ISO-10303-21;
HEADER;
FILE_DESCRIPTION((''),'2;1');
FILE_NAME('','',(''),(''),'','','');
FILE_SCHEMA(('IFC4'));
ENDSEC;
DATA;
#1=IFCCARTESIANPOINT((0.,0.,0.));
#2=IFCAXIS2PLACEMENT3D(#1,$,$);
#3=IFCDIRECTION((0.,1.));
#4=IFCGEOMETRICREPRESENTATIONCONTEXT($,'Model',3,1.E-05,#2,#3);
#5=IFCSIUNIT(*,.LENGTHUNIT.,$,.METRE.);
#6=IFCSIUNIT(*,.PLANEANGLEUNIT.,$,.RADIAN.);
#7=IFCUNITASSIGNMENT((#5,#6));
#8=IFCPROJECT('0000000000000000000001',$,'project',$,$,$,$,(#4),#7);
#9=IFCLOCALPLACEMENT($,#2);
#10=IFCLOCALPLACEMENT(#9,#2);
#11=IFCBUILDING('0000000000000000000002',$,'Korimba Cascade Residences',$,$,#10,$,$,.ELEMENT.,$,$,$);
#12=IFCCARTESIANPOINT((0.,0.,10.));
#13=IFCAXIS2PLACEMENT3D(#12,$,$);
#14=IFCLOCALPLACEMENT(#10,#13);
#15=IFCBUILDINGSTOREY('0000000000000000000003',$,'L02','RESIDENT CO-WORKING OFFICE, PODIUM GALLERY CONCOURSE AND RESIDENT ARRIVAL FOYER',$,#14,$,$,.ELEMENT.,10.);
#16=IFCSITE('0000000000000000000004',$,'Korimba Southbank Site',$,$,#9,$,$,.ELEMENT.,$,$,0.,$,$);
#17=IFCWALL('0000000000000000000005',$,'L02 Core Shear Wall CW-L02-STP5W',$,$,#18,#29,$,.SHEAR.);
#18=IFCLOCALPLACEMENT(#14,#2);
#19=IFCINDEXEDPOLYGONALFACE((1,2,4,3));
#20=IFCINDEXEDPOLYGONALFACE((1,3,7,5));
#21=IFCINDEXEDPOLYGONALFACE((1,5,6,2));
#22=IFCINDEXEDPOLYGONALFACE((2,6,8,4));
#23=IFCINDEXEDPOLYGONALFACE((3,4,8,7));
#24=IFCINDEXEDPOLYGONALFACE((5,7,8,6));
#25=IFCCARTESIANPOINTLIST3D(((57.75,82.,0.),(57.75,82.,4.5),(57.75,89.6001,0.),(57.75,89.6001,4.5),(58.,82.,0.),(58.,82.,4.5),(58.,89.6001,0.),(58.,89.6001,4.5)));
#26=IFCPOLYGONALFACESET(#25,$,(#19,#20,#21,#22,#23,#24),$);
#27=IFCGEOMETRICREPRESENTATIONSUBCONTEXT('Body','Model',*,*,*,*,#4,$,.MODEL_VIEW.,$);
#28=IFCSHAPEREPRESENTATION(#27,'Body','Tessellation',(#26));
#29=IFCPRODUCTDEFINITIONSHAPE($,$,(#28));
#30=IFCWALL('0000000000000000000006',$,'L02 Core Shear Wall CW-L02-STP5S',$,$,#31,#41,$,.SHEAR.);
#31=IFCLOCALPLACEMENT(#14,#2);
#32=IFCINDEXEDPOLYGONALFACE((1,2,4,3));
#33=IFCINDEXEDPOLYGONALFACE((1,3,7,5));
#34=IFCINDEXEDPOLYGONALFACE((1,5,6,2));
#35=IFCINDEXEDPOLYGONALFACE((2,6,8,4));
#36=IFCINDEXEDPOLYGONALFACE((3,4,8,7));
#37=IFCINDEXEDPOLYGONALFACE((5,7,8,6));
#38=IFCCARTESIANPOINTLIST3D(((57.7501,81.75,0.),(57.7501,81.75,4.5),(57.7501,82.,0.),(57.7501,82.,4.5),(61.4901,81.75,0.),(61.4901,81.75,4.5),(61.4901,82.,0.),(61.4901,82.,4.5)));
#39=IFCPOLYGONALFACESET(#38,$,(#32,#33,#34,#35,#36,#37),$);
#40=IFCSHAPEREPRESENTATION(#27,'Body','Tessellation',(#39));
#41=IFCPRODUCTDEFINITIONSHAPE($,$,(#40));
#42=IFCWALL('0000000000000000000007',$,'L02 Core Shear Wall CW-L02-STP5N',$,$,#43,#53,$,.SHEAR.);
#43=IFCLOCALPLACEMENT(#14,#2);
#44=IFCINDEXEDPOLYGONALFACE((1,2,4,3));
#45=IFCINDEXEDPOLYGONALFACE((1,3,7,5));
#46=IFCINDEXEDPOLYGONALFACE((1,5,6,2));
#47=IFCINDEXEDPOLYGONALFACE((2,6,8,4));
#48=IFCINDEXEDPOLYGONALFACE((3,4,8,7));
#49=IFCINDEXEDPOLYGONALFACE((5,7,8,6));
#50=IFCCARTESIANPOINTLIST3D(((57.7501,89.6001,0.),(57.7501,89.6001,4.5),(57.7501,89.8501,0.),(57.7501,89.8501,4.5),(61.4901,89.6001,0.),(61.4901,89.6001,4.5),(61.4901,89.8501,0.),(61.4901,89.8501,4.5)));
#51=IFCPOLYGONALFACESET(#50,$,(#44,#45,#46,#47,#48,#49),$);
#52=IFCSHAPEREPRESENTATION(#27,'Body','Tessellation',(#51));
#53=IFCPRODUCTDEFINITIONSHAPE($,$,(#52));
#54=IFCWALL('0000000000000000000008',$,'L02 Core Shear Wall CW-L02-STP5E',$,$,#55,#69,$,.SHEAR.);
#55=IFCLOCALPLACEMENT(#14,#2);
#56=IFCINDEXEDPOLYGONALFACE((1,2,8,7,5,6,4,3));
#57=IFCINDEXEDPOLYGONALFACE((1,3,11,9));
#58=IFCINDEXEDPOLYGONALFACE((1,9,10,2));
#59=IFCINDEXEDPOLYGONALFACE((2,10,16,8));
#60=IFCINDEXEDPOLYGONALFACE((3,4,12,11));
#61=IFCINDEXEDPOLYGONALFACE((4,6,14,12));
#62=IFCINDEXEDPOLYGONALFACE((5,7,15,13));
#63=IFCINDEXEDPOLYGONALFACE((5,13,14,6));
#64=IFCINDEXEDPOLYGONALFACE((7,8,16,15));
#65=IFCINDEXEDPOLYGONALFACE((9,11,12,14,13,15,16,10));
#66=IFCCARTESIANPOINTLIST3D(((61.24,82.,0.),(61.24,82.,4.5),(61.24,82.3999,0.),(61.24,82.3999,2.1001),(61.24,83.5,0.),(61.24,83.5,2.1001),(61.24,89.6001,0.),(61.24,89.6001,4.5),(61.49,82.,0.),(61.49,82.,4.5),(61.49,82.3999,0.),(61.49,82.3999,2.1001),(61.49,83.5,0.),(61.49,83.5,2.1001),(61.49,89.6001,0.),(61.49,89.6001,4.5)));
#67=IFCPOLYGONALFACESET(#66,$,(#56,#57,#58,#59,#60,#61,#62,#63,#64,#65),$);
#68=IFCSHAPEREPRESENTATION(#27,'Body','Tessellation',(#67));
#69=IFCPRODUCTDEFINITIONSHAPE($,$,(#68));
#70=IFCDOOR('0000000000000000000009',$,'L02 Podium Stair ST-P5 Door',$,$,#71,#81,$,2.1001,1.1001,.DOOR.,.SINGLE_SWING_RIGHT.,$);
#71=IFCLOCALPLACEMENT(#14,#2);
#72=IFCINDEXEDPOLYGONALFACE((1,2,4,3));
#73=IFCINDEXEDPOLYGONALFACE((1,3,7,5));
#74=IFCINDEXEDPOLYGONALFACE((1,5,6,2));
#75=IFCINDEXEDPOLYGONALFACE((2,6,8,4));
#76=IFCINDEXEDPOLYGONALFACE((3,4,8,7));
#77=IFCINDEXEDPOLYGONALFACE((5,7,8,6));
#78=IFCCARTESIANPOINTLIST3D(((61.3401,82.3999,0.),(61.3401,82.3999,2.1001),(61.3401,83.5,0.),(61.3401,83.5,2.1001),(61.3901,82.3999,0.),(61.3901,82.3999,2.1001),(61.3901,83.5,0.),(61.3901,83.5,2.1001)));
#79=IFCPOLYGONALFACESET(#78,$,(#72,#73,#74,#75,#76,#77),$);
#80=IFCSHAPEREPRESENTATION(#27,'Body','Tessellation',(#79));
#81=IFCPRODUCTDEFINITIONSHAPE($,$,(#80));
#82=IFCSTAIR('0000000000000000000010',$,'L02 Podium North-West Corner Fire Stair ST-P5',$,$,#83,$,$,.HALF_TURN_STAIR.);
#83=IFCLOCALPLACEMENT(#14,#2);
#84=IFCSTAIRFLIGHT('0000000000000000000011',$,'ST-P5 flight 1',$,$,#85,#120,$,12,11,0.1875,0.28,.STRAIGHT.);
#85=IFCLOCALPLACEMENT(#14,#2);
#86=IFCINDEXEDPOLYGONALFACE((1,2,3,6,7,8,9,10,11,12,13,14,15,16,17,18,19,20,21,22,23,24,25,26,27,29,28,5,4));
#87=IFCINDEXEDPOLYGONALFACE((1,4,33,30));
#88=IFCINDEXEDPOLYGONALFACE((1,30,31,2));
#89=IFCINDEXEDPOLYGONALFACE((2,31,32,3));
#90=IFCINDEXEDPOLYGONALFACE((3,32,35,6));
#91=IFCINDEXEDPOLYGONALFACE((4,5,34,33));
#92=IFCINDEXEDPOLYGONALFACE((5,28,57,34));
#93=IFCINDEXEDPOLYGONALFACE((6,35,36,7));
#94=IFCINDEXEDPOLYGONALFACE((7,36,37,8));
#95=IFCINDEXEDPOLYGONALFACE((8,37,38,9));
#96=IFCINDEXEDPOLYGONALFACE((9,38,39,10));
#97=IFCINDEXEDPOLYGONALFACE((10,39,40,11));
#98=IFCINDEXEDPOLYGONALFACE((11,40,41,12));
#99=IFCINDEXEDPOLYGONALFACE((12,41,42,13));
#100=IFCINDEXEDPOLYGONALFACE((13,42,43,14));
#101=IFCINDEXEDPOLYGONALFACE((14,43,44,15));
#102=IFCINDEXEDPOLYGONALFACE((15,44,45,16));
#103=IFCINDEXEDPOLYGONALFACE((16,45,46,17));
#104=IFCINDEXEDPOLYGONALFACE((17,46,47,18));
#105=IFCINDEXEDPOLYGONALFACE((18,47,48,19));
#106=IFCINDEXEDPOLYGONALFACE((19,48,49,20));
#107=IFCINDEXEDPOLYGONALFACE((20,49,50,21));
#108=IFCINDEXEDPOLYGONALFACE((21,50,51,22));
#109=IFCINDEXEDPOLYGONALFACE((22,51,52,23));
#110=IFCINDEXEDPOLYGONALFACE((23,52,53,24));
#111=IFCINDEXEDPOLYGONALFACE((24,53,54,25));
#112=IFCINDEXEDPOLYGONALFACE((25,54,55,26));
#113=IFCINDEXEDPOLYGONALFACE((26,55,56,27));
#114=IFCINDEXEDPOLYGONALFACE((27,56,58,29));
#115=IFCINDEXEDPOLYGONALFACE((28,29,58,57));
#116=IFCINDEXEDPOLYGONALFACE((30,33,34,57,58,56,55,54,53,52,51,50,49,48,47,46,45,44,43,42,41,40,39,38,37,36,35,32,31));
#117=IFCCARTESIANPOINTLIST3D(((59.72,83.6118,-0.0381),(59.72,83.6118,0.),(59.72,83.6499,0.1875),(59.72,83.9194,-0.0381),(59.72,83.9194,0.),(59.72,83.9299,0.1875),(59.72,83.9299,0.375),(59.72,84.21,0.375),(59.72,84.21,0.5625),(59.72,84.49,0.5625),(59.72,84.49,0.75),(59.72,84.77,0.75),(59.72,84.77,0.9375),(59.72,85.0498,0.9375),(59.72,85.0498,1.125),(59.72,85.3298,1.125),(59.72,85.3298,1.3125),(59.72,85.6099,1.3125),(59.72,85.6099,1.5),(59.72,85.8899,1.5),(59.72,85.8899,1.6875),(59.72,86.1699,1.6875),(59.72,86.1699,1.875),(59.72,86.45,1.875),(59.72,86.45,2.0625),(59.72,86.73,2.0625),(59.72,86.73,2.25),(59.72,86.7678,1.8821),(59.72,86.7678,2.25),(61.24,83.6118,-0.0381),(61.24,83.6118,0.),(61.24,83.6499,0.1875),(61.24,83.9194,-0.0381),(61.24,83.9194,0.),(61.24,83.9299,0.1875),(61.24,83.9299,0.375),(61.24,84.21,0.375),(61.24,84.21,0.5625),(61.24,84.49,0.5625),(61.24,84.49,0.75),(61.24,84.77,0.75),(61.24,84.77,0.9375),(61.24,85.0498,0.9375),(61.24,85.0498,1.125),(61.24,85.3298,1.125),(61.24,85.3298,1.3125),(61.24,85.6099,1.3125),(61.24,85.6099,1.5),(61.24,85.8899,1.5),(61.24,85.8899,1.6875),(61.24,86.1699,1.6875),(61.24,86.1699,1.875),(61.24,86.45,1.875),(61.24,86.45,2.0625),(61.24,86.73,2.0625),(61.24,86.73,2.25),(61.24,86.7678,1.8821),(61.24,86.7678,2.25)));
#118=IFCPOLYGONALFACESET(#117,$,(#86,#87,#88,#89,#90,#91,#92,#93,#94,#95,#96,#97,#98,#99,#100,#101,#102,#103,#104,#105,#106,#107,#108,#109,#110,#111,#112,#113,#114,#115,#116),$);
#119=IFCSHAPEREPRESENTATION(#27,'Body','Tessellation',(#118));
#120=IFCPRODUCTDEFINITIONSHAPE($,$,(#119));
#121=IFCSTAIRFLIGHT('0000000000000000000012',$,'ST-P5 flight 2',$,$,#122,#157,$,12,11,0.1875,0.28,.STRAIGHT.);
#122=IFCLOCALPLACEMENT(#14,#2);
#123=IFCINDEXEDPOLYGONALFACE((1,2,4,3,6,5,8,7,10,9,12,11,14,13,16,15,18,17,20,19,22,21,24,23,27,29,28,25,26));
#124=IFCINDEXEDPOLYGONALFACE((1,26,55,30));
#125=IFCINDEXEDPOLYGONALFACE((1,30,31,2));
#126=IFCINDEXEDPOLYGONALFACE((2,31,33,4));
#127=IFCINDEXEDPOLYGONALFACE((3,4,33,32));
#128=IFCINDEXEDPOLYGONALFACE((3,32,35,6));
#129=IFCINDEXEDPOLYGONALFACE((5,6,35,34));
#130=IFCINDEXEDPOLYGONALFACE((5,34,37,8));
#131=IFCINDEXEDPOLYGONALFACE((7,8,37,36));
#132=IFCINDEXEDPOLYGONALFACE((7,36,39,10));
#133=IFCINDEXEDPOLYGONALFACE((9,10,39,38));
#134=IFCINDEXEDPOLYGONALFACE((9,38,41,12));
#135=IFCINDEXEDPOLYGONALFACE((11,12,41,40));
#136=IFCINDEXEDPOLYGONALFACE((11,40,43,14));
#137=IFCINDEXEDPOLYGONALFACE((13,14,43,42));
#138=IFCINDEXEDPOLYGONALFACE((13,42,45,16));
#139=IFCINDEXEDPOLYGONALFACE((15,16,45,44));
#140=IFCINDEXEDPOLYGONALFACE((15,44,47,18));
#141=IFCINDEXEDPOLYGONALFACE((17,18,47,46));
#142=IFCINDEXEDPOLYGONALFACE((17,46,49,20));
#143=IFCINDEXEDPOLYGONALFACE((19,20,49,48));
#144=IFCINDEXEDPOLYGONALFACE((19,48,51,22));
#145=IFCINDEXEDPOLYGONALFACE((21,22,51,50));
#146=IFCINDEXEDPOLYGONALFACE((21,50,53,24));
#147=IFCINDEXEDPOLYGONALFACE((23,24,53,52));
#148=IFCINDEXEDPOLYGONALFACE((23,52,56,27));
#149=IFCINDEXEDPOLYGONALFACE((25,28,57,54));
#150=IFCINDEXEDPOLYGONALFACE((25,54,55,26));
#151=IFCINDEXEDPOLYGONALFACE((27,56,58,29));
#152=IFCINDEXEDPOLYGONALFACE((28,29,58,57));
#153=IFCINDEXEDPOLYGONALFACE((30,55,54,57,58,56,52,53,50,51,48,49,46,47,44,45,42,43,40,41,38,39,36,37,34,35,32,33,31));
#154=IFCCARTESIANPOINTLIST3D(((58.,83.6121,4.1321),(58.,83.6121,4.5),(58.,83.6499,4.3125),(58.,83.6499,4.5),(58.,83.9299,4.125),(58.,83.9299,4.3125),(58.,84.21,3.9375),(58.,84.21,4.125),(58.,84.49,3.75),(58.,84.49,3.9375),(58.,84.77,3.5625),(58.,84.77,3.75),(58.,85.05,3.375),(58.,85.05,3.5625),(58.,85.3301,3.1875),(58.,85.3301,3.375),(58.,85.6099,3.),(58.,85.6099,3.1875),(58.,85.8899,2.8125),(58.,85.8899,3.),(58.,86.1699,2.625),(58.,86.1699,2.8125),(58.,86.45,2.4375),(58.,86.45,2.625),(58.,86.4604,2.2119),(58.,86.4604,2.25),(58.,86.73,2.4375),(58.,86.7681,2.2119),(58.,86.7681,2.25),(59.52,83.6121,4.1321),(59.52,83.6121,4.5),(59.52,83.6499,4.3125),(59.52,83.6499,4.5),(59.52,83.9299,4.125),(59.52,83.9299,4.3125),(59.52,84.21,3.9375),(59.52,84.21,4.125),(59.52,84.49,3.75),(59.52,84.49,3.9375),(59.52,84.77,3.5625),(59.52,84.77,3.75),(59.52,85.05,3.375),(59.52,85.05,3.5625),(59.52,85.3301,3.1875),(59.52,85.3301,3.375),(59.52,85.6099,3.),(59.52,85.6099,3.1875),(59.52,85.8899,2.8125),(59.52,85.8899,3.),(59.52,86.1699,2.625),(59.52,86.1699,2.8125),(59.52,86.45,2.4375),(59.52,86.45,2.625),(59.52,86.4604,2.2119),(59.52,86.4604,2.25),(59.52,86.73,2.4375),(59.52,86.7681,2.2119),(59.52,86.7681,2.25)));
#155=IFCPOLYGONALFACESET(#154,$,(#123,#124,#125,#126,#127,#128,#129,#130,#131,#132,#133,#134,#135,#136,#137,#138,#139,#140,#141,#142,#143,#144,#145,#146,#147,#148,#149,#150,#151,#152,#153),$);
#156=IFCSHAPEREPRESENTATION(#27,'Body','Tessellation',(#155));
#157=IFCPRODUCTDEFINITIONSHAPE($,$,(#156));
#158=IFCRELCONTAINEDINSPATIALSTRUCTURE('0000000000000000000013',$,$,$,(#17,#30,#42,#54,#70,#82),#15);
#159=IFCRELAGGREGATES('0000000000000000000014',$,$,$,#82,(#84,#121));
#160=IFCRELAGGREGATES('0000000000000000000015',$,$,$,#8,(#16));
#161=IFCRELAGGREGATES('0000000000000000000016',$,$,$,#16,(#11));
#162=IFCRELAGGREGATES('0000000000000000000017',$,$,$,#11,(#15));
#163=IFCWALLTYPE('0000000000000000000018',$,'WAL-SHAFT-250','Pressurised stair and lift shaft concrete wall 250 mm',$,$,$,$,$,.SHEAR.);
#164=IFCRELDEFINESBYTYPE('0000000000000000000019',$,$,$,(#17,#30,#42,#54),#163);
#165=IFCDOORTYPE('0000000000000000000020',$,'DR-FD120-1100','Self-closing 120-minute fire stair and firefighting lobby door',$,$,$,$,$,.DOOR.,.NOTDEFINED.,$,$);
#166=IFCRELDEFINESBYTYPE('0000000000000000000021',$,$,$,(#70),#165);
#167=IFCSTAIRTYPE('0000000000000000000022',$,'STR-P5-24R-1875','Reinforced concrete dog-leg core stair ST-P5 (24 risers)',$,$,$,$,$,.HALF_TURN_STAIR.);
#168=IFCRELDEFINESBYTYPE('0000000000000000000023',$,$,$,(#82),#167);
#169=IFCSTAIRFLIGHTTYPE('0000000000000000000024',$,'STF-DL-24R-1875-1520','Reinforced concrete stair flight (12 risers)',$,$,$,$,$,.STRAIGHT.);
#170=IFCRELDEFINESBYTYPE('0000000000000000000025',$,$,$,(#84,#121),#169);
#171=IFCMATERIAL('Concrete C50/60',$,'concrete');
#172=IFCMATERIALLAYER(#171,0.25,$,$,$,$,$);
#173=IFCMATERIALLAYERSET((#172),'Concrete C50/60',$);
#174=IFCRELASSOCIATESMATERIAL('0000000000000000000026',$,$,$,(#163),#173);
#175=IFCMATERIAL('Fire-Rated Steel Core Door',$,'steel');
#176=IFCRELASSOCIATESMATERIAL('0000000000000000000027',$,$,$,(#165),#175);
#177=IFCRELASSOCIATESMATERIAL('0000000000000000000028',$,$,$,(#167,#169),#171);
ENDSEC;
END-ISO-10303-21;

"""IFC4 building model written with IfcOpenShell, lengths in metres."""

from ifc_helpers import new_model, si_unit, direction, frame, frame_2d, origin, place, context, subcontext, project, spatial, polyline, rectangle, outline, extrude, material, layer, layer_set, type_object, element, fill, aggregate, save


model = new_model("IFC4")

# Units and contexts
model_context = context("Model", 3, precision=1e-05, world=origin(), true_north=direction((0.0, 1.0)))
body_context = subcontext(model_context, "Body", "Model", "MODEL_VIEW")
ifc_project = project(units=[si_unit("LENGTHUNIT", "METRE"), si_unit("PLANEANGLEUNIT", "RADIAN")], contexts=[model_context])

# Site, building, storey
site_placement = place(None, origin())
site = spatial("IfcSite", under=ifc_project, at=site_placement, Name="Korimba Southbank Site", CompositionType="ELEMENT", RefElevation=0.0)
building_placement = place(site_placement, origin())
building = spatial("IfcBuilding", under=site, at=building_placement, Name="Korimba Cascade Residences", CompositionType="ELEMENT")
storey_placement = place(building_placement, frame((0.0, 0.0, 10.0)))
storey = spatial("IfcBuildingStorey", under=building, at=storey_placement, Name="L02", Description="RESIDENT CO-WORKING OFFICE, PODIUM GALLERY CONCOURSE AND RESIDENT ARRIVAL FOYER", CompositionType="ELEMENT", Elevation=10.0)

# Shared definitions
ifc_material_1 = material(Name="Concrete C50/60", Category="concrete")

# Walls
ifc_layer_1 = layer(ifc_material_1, 0.25)
ifc_layer_set_1 = layer_set([ifc_layer_1], Name="Concrete C50/60")
wall_type_1 = type_object("IfcWallType", Name="WAL-SHAFT-250", Description="Pressurised stair and lift shaft concrete wall 250 mm", PredefinedType="SHEAR", material=ifc_layer_set_1)
wall_1_placement = place(storey_placement, frame((57.875, 82.0, 0.0), z_axis=(0.0, 0.0, 1.0), x_axis=(0.0, 1.0, 0.0)))
element("IfcWall", 1, at=wall_1_placement, inside=storey, type_object=wall_type_1, Name="L02 Core Shear Wall CW-L02-STP5W", PredefinedType="SHEAR", context=body_context, shape_type="SweptSolid", body=[
    extrude(rectangle(XDim=7.6001, YDim=0.25, at=frame_2d((3.8, 0.0))), origin(), (0.0, 0.0, 1.0), 4.5),
])
for number, where, z_axis, x_axis, name in (
    (2, (57.75, 81.875, 0.0), (0.0, 0.0, 1.0), (1.0, 0.0, 0.0), "L02 Core Shear Wall CW-L02-STP5S"),
    (3, (57.75, 89.7251, 0.0), (0.0, 0.0, 1.0), (1.0, 0.0, 0.0), "L02 Core Shear Wall CW-L02-STP5N"),
):
    element("IfcWall", number, at=place(storey_placement, frame(where, z_axis=z_axis, x_axis=x_axis)), inside=storey, type_object=wall_type_1, Name=name, PredefinedType="SHEAR", context=body_context, shape_type="SweptSolid", body=[
        extrude(rectangle(XDim=3.74, YDim=0.25, at=frame_2d((1.8701, 0.0))), origin(), (0.0, 0.0, 1.0), 4.5),
    ])

# Wall, opening, door
wall_2_placement = place(storey_placement, frame((61.365, 82.0, 0.0), z_axis=(0.0, 0.0, 1.0), x_axis=(0.0, 1.0, 0.0)))
wall_2 = element("IfcWall", 4, at=wall_2_placement, inside=storey, type_object=wall_type_1, Name="L02 Core Shear Wall CW-L02-STP5E", PredefinedType="SHEAR", context=body_context, shape_type="SweptSolid", body=[
    extrude(rectangle(XDim=7.6001, YDim=0.25, at=frame_2d((3.8, 0.0))), origin(), (0.0, 0.0, 1.0), 4.5),
])
opening_1_placement = place(wall_2_placement, frame((0.3999, 0.0, 0.0)))
opening_1 = element("IfcOpeningElement", 5, at=opening_1_placement, cuts=wall_2, PredefinedType="OPENING", context=body_context, shape_type="SweptSolid", body=[
    extrude(rectangle(XDim=1.1001, YDim=2.1001, at=frame_2d((0.55, 1.05))), frame((0.0, 0.135, 0.0), z_axis=(0.0, -1.0, 0.0), x_axis=(1.0, 0.0, 0.0)), (0.0, 0.0, 1.0), 0.27),
])
ifc_material_2 = material(Name="Fire-Rated Steel Core Door", Category="steel")
door_type_1 = type_object("IfcDoorType", Name="DR-FD120-1100", Description="Self-closing 120-minute fire stair and firefighting lobby door", OperationType="NOTDEFINED", PredefinedType="DOOR", material=ifc_material_2)
door_1_placement = place(opening_1_placement, origin())
door_1 = element("IfcDoor", 6, at=door_1_placement, inside=storey, type_object=door_type_1, Name="L02 Podium Stair ST-P5 Door", OperationType="SINGLE_SWING_RIGHT", OverallHeight=2.1001, OverallWidth=1.1001, PredefinedType="DOOR", context=body_context, shape_type="SweptSolid", body=[
    extrude(rectangle(XDim=1.1001, YDim=2.1001, at=frame_2d((0.55, 1.05))), frame((0.0, 0.0249, 0.0), z_axis=(0.0, -1.0, 0.0), x_axis=(1.0, 0.0, 0.0)), (0.0, 0.0, 1.0), 0.05),
])
fill(opening_1, door_1)

# Stair, stair flights
stair_type = type_object("IfcStairType", Name="STR-P5-24R-1875", Description="Reinforced concrete dog-leg core stair ST-P5 (24 risers)", PredefinedType="HALF_TURN_STAIR", material=ifc_material_1)
stair_placement = place(storey_placement, origin())
stair = element("IfcStair", 7, at=stair_placement, inside=storey, type_object=stair_type, Name="L02 Podium North-West Corner Fire Stair ST-P5", PredefinedType="HALF_TURN_STAIR")
stair_flight_type = type_object("IfcStairFlightType", Name="STF-DL-24R-1875-1520", Description="Reinforced concrete stair flight (12 risers)", PredefinedType="STRAIGHT", material=ifc_material_1)
stair_flight_1_placement = place(storey_placement, frame((60.48, 83.6499, 0.0), z_axis=(0.0, 0.0, 1.0), x_axis=(0.0, 1.0, 0.0)))
stair_flight_1 = element("IfcStairFlight", 8, at=stair_flight_1_placement, type_object=stair_flight_type, Name="ST-P5 flight 1", NumberOfRisers=12, NumberOfTreads=11, PredefinedType="STRAIGHT", RiserHeight=0.1875, TreadLength=0.28, context=body_context, shape_type="SweptSolid", body=[
    extrude(outline(polyline([(-0.0381, 0.0), (0.0, 0.1875), (0.28, 0.1875), (0.28, 0.375), (0.5601, 0.375), (0.5601, 0.5625), (0.8401, 0.5625), (0.8401, 0.75), (1.1201, 0.75), (1.1201, 0.9375), (1.3999, 0.9375), (1.3999, 1.125), (1.6799, 1.125), (1.6799, 1.3125), (1.96, 1.3125), (1.96, 1.5), (2.24, 1.5), (2.24, 1.6875), (2.52, 1.6875), (2.52, 1.875), (2.8, 1.875), (2.8, 2.0625), (3.0801, 2.0625), (3.0801, 2.25), (3.1179, 2.25), (3.1179, 1.8821), (0.2695, 0.0), (0.2695, -0.0381), (-0.0381, -0.0381), (-0.0381, 0.0)])), frame((0.0, 0.76, 0.0), z_axis=(0.0, -1.0, 0.0), x_axis=(1.0, 0.0, 0.0)), (0.0, 0.0, 1.0), 1.52),
])
stair_flight_2_placement = place(storey_placement, frame((58.76, 86.73, 2.25), z_axis=(0.0, 0.0, 1.0), x_axis=(0.0, -1.0, 0.0)))
stair_flight_2 = element("IfcStairFlight", 9, at=stair_flight_2_placement, type_object=stair_flight_type, Name="ST-P5 flight 2", NumberOfRisers=12, NumberOfTreads=11, PredefinedType="STRAIGHT", RiserHeight=0.1875, TreadLength=0.28, context=body_context, shape_type="SweptSolid", body=[
    extrude(outline(polyline([(-0.0381, 0.0), (0.0, 0.1875), (0.28, 0.1875), (0.28, 0.375), (0.5601, 0.375), (0.5601, 0.5625), (0.8401, 0.5625), (0.8401, 0.75), (1.1201, 0.75), (1.1201, 0.9375), (1.3999, 0.9375), (1.3999, 1.125), (1.6799, 1.125), (1.6799, 1.3125), (1.96, 1.3125), (1.96, 1.5), (2.24, 1.5), (2.24, 1.6875), (2.52, 1.6875), (2.52, 1.875), (2.8, 1.875), (2.8, 2.0625), (3.0801, 2.0625), (3.0801, 2.25), (3.1179, 2.25), (3.1179, 1.8821), (0.2695, 0.0), (0.2695, -0.0381), (-0.0381, -0.0381), (-0.0381, 0.0)])), frame((0.0, 0.76, 0.0), z_axis=(0.0, -1.0, 0.0), x_axis=(1.0, 0.0, 0.0)), (0.0, 0.0, 1.0), 1.52),
])
aggregate(stair, [stair_flight_1, stair_flight_2])

save(model, "model.ifc")
